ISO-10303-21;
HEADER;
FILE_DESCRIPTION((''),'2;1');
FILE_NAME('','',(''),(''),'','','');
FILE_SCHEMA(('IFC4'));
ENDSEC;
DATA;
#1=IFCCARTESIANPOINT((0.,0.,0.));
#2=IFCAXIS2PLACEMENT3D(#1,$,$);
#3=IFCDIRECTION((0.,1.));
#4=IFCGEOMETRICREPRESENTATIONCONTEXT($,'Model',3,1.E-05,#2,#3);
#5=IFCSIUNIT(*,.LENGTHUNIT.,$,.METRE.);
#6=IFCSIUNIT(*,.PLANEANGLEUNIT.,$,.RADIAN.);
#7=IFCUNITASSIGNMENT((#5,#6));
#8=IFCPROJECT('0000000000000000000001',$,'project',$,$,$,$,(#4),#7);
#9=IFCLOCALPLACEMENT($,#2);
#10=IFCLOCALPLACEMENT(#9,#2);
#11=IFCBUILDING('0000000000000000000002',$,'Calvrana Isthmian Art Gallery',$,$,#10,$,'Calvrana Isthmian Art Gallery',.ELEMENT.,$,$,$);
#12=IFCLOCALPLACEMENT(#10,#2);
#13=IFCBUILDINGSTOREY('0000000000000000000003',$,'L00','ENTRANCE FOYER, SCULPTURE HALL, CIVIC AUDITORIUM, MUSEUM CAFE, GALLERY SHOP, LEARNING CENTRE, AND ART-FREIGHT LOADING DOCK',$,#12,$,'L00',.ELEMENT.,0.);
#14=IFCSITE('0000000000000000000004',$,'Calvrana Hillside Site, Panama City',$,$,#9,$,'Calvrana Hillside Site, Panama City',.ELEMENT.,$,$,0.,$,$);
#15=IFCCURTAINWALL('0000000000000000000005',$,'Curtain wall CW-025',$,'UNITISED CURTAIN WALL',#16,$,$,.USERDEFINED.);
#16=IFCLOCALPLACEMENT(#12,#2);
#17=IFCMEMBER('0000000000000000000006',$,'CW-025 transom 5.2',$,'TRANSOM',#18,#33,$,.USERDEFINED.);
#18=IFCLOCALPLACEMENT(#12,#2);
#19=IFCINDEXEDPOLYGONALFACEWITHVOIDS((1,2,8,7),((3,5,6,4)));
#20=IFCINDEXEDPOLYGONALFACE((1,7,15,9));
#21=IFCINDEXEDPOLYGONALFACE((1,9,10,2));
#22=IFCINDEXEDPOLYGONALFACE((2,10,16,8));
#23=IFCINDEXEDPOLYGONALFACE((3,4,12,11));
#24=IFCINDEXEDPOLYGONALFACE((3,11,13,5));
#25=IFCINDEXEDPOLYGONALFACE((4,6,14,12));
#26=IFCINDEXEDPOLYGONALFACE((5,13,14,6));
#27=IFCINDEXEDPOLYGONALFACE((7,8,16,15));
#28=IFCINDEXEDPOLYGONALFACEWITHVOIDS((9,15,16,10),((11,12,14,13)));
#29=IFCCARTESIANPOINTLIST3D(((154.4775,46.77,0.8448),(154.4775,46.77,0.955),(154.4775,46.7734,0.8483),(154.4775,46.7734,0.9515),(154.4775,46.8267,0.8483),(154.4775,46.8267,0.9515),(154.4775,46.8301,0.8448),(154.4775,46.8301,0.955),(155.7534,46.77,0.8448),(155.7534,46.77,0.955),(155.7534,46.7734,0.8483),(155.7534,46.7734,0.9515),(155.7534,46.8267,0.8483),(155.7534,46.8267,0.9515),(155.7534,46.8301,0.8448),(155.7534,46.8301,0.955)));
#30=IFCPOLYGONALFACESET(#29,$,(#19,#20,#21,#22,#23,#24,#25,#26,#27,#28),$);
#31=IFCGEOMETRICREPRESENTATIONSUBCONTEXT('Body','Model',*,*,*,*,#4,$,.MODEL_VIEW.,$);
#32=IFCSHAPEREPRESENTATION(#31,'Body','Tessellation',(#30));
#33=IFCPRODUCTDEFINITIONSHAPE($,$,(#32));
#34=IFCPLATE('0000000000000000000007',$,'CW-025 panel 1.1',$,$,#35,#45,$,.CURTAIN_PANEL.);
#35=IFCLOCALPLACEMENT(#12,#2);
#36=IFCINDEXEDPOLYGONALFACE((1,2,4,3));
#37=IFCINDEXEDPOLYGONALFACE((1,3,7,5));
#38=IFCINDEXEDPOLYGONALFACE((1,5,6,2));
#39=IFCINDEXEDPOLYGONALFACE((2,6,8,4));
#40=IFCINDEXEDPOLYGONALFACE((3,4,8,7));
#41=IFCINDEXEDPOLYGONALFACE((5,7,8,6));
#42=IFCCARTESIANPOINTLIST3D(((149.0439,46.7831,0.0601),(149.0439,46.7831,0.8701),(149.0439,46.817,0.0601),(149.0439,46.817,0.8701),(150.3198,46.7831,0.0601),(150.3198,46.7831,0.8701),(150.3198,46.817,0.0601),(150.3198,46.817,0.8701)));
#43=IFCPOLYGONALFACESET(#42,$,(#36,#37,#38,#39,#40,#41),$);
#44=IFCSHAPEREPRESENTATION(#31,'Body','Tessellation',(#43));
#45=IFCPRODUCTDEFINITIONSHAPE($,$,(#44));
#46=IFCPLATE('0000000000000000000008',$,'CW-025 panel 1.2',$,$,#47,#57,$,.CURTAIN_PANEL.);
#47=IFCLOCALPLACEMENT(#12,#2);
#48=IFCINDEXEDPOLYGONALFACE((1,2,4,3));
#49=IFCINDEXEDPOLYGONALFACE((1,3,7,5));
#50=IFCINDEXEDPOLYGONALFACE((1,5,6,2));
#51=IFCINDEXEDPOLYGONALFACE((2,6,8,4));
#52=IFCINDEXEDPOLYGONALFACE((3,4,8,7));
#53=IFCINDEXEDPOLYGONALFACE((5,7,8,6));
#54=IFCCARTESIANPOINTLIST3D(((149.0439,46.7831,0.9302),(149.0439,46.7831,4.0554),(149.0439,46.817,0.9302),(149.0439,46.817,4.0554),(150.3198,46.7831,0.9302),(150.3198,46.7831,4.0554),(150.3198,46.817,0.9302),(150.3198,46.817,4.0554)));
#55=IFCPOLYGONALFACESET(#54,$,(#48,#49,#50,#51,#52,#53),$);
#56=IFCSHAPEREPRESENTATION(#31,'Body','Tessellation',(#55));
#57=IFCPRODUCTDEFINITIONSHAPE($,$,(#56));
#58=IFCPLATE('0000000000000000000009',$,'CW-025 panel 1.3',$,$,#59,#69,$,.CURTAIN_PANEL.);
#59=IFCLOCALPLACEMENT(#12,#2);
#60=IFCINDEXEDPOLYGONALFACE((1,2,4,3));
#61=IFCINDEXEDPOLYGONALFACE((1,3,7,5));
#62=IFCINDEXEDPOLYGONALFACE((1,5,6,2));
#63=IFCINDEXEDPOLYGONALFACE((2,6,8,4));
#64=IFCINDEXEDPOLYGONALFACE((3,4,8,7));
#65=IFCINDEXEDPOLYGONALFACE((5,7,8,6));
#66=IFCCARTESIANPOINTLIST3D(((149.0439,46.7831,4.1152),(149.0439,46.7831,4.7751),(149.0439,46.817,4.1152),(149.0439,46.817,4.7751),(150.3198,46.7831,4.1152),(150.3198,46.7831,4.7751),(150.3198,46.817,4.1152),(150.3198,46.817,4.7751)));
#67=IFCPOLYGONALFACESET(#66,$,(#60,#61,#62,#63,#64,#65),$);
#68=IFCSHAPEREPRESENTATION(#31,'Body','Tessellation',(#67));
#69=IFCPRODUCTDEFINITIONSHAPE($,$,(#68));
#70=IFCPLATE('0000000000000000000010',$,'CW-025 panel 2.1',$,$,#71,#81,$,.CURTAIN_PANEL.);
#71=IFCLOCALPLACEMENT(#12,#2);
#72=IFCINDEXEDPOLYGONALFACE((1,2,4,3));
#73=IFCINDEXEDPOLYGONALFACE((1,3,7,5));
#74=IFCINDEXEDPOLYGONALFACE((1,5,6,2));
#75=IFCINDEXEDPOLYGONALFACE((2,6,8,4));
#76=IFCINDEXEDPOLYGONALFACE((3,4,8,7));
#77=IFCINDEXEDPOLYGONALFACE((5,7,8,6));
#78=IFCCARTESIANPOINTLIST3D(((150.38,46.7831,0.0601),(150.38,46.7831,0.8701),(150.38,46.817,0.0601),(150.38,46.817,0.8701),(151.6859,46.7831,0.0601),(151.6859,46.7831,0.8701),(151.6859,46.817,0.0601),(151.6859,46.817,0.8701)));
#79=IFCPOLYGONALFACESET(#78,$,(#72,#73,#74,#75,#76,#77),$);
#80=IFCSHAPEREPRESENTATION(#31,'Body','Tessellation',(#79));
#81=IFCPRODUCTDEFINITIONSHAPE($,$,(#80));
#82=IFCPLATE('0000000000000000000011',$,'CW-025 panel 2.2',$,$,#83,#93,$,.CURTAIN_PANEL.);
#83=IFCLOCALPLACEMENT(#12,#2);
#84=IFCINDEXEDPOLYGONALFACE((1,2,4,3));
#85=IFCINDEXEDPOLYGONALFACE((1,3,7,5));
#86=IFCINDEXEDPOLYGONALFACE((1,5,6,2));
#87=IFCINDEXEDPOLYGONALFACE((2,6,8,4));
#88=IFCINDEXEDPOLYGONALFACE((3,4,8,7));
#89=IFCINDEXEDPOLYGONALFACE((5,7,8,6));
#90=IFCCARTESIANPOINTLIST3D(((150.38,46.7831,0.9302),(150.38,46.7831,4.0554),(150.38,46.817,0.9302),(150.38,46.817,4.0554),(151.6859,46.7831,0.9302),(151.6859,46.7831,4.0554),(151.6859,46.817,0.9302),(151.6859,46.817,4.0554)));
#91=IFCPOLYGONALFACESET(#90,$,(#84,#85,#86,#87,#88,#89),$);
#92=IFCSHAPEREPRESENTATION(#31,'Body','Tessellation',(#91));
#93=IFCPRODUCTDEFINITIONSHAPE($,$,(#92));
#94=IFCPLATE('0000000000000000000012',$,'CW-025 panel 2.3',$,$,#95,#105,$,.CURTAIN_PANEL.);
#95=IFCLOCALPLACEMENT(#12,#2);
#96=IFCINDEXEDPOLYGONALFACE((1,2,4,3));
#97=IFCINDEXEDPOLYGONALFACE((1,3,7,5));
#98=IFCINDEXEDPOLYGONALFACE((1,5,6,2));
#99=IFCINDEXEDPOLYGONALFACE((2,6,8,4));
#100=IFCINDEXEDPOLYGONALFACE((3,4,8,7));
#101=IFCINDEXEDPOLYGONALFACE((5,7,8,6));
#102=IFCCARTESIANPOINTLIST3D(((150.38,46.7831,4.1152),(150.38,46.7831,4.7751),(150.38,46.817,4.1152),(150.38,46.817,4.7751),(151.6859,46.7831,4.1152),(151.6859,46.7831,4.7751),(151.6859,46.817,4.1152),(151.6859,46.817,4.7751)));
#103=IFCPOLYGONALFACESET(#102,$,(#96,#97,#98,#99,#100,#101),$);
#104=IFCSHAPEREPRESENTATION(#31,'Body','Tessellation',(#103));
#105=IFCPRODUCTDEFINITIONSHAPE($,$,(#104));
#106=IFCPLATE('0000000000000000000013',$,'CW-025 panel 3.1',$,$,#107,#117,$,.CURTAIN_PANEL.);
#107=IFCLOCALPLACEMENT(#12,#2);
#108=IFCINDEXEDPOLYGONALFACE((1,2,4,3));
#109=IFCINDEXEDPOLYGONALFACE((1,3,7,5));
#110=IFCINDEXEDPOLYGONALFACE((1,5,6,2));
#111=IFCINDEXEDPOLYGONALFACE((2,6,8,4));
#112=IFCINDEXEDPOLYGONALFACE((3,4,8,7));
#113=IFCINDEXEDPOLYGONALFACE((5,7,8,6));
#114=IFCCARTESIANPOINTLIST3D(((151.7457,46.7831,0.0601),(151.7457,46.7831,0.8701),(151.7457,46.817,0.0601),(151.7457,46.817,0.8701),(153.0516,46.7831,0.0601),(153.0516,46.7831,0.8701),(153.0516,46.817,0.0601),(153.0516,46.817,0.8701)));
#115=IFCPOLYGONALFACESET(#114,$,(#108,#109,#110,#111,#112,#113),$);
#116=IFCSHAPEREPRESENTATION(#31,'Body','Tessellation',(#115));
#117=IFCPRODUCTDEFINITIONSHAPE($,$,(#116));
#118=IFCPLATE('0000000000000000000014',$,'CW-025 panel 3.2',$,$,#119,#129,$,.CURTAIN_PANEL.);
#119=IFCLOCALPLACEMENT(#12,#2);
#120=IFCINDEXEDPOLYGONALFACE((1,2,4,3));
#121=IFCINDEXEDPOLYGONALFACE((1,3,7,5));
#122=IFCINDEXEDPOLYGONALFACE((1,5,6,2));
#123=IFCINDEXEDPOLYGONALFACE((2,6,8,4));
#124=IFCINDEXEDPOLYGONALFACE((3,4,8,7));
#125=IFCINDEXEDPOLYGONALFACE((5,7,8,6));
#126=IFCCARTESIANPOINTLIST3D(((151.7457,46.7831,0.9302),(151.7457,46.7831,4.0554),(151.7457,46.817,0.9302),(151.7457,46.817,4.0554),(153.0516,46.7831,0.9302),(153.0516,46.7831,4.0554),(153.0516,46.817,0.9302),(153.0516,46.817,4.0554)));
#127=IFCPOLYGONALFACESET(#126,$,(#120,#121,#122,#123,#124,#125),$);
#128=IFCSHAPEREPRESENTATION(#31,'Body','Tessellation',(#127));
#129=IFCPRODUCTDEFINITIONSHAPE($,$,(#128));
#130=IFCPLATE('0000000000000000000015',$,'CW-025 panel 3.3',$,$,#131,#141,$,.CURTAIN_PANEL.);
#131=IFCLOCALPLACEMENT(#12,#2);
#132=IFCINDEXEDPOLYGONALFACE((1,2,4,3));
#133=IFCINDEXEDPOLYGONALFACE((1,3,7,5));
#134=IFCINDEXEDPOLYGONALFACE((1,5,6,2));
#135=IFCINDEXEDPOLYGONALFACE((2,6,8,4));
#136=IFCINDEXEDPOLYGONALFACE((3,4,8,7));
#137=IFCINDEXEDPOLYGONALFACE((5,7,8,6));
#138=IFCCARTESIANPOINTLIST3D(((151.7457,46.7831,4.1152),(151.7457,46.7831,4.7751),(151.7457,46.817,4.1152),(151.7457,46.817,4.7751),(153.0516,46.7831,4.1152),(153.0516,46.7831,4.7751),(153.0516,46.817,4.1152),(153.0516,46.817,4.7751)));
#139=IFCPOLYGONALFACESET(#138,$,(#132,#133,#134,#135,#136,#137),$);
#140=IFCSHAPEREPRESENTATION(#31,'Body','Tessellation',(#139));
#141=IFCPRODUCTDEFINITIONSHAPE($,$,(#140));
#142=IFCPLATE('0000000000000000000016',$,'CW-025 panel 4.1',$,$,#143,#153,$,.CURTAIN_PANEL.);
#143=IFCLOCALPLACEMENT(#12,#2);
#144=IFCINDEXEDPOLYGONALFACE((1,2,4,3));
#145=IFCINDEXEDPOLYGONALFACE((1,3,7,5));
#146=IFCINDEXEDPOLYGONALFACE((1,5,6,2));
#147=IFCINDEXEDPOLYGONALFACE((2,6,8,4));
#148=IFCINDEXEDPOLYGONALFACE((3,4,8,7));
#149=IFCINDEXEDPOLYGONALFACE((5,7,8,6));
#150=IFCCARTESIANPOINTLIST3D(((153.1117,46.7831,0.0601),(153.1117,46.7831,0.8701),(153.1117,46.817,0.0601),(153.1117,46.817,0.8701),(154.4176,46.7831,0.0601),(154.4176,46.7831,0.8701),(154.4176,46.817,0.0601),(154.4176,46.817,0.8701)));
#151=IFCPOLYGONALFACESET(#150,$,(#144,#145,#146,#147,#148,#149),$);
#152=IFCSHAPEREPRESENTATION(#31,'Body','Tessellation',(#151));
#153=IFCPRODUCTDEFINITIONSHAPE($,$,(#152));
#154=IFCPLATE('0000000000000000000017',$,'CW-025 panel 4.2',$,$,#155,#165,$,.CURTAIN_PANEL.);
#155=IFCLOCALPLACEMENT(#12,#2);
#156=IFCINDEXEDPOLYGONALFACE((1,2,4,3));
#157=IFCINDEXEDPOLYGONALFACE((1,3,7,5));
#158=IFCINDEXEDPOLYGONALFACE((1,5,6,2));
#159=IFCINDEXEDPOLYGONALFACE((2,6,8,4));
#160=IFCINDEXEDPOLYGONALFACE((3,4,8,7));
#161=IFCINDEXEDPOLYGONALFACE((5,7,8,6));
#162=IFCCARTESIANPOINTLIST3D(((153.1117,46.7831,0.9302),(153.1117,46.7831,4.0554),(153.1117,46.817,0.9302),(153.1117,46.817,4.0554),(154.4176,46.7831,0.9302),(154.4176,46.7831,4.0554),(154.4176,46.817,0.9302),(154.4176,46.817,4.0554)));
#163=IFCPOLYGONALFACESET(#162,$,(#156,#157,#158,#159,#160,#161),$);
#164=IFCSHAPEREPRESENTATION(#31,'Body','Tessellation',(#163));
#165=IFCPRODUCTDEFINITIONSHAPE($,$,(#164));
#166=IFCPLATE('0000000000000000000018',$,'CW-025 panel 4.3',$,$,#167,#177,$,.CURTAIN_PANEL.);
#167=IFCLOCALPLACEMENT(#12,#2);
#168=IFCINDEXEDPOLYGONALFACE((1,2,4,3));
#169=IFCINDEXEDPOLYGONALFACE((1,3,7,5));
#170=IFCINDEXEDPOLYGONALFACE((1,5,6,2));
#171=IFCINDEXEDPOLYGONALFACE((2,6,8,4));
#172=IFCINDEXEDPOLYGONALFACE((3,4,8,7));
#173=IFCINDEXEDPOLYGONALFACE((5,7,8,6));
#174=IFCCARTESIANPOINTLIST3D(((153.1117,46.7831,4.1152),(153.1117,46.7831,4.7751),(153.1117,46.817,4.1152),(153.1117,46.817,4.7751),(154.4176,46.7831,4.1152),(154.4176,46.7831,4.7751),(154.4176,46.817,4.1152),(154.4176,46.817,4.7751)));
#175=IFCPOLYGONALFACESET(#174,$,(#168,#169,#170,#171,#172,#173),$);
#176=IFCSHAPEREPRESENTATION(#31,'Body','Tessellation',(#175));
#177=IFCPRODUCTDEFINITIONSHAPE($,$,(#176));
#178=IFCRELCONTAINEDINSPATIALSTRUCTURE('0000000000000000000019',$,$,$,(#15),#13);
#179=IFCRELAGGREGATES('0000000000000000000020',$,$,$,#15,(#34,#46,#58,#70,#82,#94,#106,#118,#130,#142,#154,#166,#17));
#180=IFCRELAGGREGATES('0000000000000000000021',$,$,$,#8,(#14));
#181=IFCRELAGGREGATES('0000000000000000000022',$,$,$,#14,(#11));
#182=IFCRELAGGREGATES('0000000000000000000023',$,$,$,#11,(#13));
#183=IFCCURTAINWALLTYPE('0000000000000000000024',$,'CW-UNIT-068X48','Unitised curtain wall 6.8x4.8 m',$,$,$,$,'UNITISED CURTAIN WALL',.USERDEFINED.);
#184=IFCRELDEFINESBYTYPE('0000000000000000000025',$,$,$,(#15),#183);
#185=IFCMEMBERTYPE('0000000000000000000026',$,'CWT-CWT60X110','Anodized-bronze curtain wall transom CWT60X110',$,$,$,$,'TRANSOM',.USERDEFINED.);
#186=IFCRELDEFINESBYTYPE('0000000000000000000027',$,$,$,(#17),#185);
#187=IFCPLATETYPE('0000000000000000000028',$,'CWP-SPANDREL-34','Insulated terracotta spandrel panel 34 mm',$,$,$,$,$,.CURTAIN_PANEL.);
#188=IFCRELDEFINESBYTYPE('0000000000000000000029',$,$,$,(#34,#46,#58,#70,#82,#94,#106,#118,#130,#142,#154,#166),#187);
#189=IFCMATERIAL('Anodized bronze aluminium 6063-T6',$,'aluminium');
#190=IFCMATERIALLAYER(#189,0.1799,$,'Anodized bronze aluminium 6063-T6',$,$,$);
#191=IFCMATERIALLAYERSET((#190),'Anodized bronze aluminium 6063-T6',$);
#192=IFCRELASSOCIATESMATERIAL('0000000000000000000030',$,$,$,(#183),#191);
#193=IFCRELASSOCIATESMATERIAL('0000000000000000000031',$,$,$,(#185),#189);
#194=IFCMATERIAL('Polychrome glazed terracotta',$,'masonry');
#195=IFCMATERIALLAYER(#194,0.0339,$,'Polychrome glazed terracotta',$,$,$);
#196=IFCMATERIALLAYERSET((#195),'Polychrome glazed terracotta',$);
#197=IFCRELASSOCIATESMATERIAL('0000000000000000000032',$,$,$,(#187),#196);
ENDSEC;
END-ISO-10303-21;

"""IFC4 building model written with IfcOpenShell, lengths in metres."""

from ifc_helpers import new_model, si_unit, direction, frame, origin, origin_2d, place, context, subcontext, project, spatial, rectangle, hollow_rectangle, extrude, material, layer, layer_set, material_profile, profile_set, type_object, element, aggregate, save


model = new_model("IFC4")

# Units and contexts
model_context = context("Model", 3, precision=1e-05, world=origin(), true_north=direction((0.0, 1.0)))
body_context = subcontext(model_context, "Body", "Model", "MODEL_VIEW")
ifc_project = project(units=[si_unit("LENGTHUNIT", "METRE"), si_unit("PLANEANGLEUNIT", "RADIAN")], contexts=[model_context])

# Site, building, storey
site_placement = place(None, origin())
site = spatial("IfcSite", under=ifc_project, at=site_placement, Name="Calvrana Hillside Site, Panama City", LongName="Calvrana Hillside Site, Panama City", CompositionType="ELEMENT", RefElevation=0.0)
building_placement = place(site_placement, origin())
building = spatial("IfcBuilding", under=site, at=building_placement, Name="Calvrana Isthmian Art Gallery", LongName="Calvrana Isthmian Art Gallery", CompositionType="ELEMENT")
storey_placement = place(building_placement, origin())
storey = spatial("IfcBuildingStorey", under=building, at=storey_placement, Name="L00", Description="ENTRANCE FOYER, SCULPTURE HALL, CIVIC AUDITORIUM, MUSEUM CAFE, GALLERY SHOP, LEARNING CENTRE, AND ART-FREIGHT LOADING DOCK", LongName="L00", CompositionType="ELEMENT", Elevation=0.0)

# Curtain wall, member, plates
ifc_material_1 = material(Name="Anodized bronze aluminium 6063-T6", Category="aluminium")
ifc_layer_1 = layer(ifc_material_1, 0.1799, Name="Anodized bronze aluminium 6063-T6")
ifc_layer_set_1 = layer_set([ifc_layer_1], Name="Anodized bronze aluminium 6063-T6")
curtain_wall_type = type_object("IfcCurtainWallType", Name="CW-UNIT-068X48", Description="Unitised curtain wall 6.8x4.8 m", ElementType="UNITISED CURTAIN WALL", PredefinedType="USERDEFINED", material=ifc_layer_set_1)
curtain_wall_placement = place(storey_placement, origin())
curtain_wall = element("IfcCurtainWall", 1, at=curtain_wall_placement, inside=storey, type_object=curtain_wall_type, Name="Curtain wall CW-025", ObjectType="UNITISED CURTAIN WALL", PredefinedType="USERDEFINED")
ifc_material_profile_1 = material_profile(ifc_material_1, hollow_rectangle(XDim=0.0601, YDim=0.1101, WallThickness=0.0034, at=origin_2d()), Name="CWT60X110")
ifc_profile_set_1 = profile_set([ifc_material_profile_1], Name="Anodized bronze aluminium 6063-T6")
member_type_1 = type_object("IfcMemberType", Name="CWT-CWT60X110", Description="Anodized-bronze curtain wall transom CWT60X110", ElementType="TRANSOM", PredefinedType="USERDEFINED", material=ifc_profile_set_1)
member_1_placement = place(storey_placement, frame((154.4775, 46.8, 0.8999), z_axis=(1.0, 0.0, 0.0), x_axis=(0.0, 1.0, 0.0)))
member_1 = element("IfcMember", 2, at=member_1_placement, type_object=member_type_1, Name="CW-025 transom 5.2", ObjectType="TRANSOM", PredefinedType="USERDEFINED", context=body_context, shape_type="SweptSolid", body=[
    extrude(hollow_rectangle(XDim=0.0601, YDim=0.1101, WallThickness=0.0034, at=origin_2d()), origin(), (0.0, 0.0, 1.0), 1.2759),
])
ifc_material_2 = material(Name="Polychrome glazed terracotta", Category="masonry")
ifc_layer_2 = layer(ifc_material_2, 0.0339, Name="Polychrome glazed terracotta")
ifc_layer_set_2 = layer_set([ifc_layer_2], Name="Polychrome glazed terracotta")
plate_type = type_object("IfcPlateType", Name="CWP-SPANDREL-34", Description="Insulated terracotta spandrel panel 34 mm", PredefinedType="CURTAIN_PANEL", material=ifc_layer_set_2)
plate_1_placement = place(storey_placement, frame((149.6819, 46.8, 0.0601), z_axis=(0.0, 0.0, 1.0), x_axis=(1.0, 0.0, 0.0)))
plate_1 = element("IfcPlate", 3, at=plate_1_placement, type_object=plate_type, Name="CW-025 panel 1.1", PredefinedType="CURTAIN_PANEL", context=body_context, shape_type="SweptSolid", body=[
    extrude(rectangle(XDim=1.2759, YDim=0.0339, at=origin_2d()), origin(), (0.0, 0.0, 1.0), 0.8101),
])
plate_2_placement = place(storey_placement, frame((149.6819, 46.8, 0.9302), z_axis=(0.0, 0.0, 1.0), x_axis=(1.0, 0.0, 0.0)))
plate_2 = element("IfcPlate", 4, at=plate_2_placement, type_object=plate_type, Name="CW-025 panel 1.2", PredefinedType="CURTAIN_PANEL", context=body_context, shape_type="SweptSolid", body=[
    extrude(rectangle(XDim=1.2759, YDim=0.0339, at=origin_2d()), origin(), (0.0, 0.0, 1.0), 3.1252),
])
plate_3_placement = place(storey_placement, frame((149.6819, 46.8, 4.1152), z_axis=(0.0, 0.0, 1.0), x_axis=(1.0, 0.0, 0.0)))
plate_3 = element("IfcPlate", 5, at=plate_3_placement, type_object=plate_type, Name="CW-025 panel 1.3", PredefinedType="CURTAIN_PANEL", context=body_context, shape_type="SweptSolid", body=[
    extrude(rectangle(XDim=1.2759, YDim=0.0339, at=origin_2d()), origin(), (0.0, 0.0, 1.0), 0.6599),
])
plate_4_placement = place(storey_placement, frame((151.033, 46.8, 0.0601), z_axis=(0.0, 0.0, 1.0), x_axis=(1.0, 0.0, 0.0)))
plate_4 = element("IfcPlate", 6, at=plate_4_placement, type_object=plate_type, Name="CW-025 panel 2.1", PredefinedType="CURTAIN_PANEL", context=body_context, shape_type="SweptSolid", body=[
    extrude(rectangle(XDim=1.3059, YDim=0.0339, at=origin_2d()), origin(), (0.0, 0.0, 1.0), 0.8101),
])
plate_5_placement = place(storey_placement, frame((151.033, 46.8, 0.9302), z_axis=(0.0, 0.0, 1.0), x_axis=(1.0, 0.0, 0.0)))
plate_5 = element("IfcPlate", 7, at=plate_5_placement, type_object=plate_type, Name="CW-025 panel 2.2", PredefinedType="CURTAIN_PANEL", context=body_context, shape_type="SweptSolid", body=[
    extrude(rectangle(XDim=1.3059, YDim=0.0339, at=origin_2d()), origin(), (0.0, 0.0, 1.0), 3.1252),
])
plate_6_placement = place(storey_placement, frame((151.033, 46.8, 4.1152), z_axis=(0.0, 0.0, 1.0), x_axis=(1.0, 0.0, 0.0)))
plate_6 = element("IfcPlate", 8, at=plate_6_placement, type_object=plate_type, Name="CW-025 panel 2.3", PredefinedType="CURTAIN_PANEL", context=body_context, shape_type="SweptSolid", body=[
    extrude(rectangle(XDim=1.3059, YDim=0.0339, at=origin_2d()), origin(), (0.0, 0.0, 1.0), 0.6599),
])
plate_7_placement = place(storey_placement, frame((152.3987, 46.8, 0.0601), z_axis=(0.0, 0.0, 1.0), x_axis=(1.0, 0.0, 0.0)))
plate_7 = element("IfcPlate", 9, at=plate_7_placement, type_object=plate_type, Name="CW-025 panel 3.1", PredefinedType="CURTAIN_PANEL", context=body_context, shape_type="SweptSolid", body=[
    extrude(rectangle(XDim=1.3059, YDim=0.0339, at=origin_2d()), origin(), (0.0, 0.0, 1.0), 0.8101),
])
plate_8_placement = place(storey_placement, frame((152.3987, 46.8, 0.9302), z_axis=(0.0, 0.0, 1.0), x_axis=(1.0, 0.0, 0.0)))
plate_8 = element("IfcPlate", 10, at=plate_8_placement, type_object=plate_type, Name="CW-025 panel 3.2", PredefinedType="CURTAIN_PANEL", context=body_context, shape_type="SweptSolid", body=[
    extrude(rectangle(XDim=1.3059, YDim=0.0339, at=origin_2d()), origin(), (0.0, 0.0, 1.0), 3.1252),
])
plate_9_placement = place(storey_placement, frame((152.3987, 46.8, 4.1152), z_axis=(0.0, 0.0, 1.0), x_axis=(1.0, 0.0, 0.0)))
plate_9 = element("IfcPlate", 11, at=plate_9_placement, type_object=plate_type, Name="CW-025 panel 3.3", PredefinedType="CURTAIN_PANEL", context=body_context, shape_type="SweptSolid", body=[
    extrude(rectangle(XDim=1.3059, YDim=0.0339, at=origin_2d()), origin(), (0.0, 0.0, 1.0), 0.6599),
])
plate_10_placement = place(storey_placement, frame((153.7646, 46.8, 0.0601), z_axis=(0.0, 0.0, 1.0), x_axis=(1.0, 0.0, 0.0)))
plate_10 = element("IfcPlate", 12, at=plate_10_placement, type_object=plate_type, Name="CW-025 panel 4.1", PredefinedType="CURTAIN_PANEL", context=body_context, shape_type="SweptSolid", body=[
    extrude(rectangle(XDim=1.3059, YDim=0.0339, at=origin_2d()), origin(), (0.0, 0.0, 1.0), 0.8101),
])
plate_11_placement = place(storey_placement, frame((153.7646, 46.8, 0.9302), z_axis=(0.0, 0.0, 1.0), x_axis=(1.0, 0.0, 0.0)))
plate_11 = element("IfcPlate", 13, at=plate_11_placement, type_object=plate_type, Name="CW-025 panel 4.2", PredefinedType="CURTAIN_PANEL", context=body_context, shape_type="SweptSolid", body=[
    extrude(rectangle(XDim=1.3059, YDim=0.0339, at=origin_2d()), origin(), (0.0, 0.0, 1.0), 3.1252),
])
plate_12_placement = place(storey_placement, frame((153.7646, 46.8, 4.1152), z_axis=(0.0, 0.0, 1.0), x_axis=(1.0, 0.0, 0.0)))
plate_12 = element("IfcPlate", 14, at=plate_12_placement, type_object=plate_type, Name="CW-025 panel 4.3", PredefinedType="CURTAIN_PANEL", context=body_context, shape_type="SweptSolid", body=[
    extrude(rectangle(XDim=1.3059, YDim=0.0339, at=origin_2d()), origin(), (0.0, 0.0, 1.0), 0.6599),
])
aggregate(curtain_wall, [plate_1, plate_2, plate_3, plate_4, plate_5, plate_6, plate_7, plate_8, plate_9, plate_10, plate_11, plate_12, member_1])

save(model, "model.ifc")
